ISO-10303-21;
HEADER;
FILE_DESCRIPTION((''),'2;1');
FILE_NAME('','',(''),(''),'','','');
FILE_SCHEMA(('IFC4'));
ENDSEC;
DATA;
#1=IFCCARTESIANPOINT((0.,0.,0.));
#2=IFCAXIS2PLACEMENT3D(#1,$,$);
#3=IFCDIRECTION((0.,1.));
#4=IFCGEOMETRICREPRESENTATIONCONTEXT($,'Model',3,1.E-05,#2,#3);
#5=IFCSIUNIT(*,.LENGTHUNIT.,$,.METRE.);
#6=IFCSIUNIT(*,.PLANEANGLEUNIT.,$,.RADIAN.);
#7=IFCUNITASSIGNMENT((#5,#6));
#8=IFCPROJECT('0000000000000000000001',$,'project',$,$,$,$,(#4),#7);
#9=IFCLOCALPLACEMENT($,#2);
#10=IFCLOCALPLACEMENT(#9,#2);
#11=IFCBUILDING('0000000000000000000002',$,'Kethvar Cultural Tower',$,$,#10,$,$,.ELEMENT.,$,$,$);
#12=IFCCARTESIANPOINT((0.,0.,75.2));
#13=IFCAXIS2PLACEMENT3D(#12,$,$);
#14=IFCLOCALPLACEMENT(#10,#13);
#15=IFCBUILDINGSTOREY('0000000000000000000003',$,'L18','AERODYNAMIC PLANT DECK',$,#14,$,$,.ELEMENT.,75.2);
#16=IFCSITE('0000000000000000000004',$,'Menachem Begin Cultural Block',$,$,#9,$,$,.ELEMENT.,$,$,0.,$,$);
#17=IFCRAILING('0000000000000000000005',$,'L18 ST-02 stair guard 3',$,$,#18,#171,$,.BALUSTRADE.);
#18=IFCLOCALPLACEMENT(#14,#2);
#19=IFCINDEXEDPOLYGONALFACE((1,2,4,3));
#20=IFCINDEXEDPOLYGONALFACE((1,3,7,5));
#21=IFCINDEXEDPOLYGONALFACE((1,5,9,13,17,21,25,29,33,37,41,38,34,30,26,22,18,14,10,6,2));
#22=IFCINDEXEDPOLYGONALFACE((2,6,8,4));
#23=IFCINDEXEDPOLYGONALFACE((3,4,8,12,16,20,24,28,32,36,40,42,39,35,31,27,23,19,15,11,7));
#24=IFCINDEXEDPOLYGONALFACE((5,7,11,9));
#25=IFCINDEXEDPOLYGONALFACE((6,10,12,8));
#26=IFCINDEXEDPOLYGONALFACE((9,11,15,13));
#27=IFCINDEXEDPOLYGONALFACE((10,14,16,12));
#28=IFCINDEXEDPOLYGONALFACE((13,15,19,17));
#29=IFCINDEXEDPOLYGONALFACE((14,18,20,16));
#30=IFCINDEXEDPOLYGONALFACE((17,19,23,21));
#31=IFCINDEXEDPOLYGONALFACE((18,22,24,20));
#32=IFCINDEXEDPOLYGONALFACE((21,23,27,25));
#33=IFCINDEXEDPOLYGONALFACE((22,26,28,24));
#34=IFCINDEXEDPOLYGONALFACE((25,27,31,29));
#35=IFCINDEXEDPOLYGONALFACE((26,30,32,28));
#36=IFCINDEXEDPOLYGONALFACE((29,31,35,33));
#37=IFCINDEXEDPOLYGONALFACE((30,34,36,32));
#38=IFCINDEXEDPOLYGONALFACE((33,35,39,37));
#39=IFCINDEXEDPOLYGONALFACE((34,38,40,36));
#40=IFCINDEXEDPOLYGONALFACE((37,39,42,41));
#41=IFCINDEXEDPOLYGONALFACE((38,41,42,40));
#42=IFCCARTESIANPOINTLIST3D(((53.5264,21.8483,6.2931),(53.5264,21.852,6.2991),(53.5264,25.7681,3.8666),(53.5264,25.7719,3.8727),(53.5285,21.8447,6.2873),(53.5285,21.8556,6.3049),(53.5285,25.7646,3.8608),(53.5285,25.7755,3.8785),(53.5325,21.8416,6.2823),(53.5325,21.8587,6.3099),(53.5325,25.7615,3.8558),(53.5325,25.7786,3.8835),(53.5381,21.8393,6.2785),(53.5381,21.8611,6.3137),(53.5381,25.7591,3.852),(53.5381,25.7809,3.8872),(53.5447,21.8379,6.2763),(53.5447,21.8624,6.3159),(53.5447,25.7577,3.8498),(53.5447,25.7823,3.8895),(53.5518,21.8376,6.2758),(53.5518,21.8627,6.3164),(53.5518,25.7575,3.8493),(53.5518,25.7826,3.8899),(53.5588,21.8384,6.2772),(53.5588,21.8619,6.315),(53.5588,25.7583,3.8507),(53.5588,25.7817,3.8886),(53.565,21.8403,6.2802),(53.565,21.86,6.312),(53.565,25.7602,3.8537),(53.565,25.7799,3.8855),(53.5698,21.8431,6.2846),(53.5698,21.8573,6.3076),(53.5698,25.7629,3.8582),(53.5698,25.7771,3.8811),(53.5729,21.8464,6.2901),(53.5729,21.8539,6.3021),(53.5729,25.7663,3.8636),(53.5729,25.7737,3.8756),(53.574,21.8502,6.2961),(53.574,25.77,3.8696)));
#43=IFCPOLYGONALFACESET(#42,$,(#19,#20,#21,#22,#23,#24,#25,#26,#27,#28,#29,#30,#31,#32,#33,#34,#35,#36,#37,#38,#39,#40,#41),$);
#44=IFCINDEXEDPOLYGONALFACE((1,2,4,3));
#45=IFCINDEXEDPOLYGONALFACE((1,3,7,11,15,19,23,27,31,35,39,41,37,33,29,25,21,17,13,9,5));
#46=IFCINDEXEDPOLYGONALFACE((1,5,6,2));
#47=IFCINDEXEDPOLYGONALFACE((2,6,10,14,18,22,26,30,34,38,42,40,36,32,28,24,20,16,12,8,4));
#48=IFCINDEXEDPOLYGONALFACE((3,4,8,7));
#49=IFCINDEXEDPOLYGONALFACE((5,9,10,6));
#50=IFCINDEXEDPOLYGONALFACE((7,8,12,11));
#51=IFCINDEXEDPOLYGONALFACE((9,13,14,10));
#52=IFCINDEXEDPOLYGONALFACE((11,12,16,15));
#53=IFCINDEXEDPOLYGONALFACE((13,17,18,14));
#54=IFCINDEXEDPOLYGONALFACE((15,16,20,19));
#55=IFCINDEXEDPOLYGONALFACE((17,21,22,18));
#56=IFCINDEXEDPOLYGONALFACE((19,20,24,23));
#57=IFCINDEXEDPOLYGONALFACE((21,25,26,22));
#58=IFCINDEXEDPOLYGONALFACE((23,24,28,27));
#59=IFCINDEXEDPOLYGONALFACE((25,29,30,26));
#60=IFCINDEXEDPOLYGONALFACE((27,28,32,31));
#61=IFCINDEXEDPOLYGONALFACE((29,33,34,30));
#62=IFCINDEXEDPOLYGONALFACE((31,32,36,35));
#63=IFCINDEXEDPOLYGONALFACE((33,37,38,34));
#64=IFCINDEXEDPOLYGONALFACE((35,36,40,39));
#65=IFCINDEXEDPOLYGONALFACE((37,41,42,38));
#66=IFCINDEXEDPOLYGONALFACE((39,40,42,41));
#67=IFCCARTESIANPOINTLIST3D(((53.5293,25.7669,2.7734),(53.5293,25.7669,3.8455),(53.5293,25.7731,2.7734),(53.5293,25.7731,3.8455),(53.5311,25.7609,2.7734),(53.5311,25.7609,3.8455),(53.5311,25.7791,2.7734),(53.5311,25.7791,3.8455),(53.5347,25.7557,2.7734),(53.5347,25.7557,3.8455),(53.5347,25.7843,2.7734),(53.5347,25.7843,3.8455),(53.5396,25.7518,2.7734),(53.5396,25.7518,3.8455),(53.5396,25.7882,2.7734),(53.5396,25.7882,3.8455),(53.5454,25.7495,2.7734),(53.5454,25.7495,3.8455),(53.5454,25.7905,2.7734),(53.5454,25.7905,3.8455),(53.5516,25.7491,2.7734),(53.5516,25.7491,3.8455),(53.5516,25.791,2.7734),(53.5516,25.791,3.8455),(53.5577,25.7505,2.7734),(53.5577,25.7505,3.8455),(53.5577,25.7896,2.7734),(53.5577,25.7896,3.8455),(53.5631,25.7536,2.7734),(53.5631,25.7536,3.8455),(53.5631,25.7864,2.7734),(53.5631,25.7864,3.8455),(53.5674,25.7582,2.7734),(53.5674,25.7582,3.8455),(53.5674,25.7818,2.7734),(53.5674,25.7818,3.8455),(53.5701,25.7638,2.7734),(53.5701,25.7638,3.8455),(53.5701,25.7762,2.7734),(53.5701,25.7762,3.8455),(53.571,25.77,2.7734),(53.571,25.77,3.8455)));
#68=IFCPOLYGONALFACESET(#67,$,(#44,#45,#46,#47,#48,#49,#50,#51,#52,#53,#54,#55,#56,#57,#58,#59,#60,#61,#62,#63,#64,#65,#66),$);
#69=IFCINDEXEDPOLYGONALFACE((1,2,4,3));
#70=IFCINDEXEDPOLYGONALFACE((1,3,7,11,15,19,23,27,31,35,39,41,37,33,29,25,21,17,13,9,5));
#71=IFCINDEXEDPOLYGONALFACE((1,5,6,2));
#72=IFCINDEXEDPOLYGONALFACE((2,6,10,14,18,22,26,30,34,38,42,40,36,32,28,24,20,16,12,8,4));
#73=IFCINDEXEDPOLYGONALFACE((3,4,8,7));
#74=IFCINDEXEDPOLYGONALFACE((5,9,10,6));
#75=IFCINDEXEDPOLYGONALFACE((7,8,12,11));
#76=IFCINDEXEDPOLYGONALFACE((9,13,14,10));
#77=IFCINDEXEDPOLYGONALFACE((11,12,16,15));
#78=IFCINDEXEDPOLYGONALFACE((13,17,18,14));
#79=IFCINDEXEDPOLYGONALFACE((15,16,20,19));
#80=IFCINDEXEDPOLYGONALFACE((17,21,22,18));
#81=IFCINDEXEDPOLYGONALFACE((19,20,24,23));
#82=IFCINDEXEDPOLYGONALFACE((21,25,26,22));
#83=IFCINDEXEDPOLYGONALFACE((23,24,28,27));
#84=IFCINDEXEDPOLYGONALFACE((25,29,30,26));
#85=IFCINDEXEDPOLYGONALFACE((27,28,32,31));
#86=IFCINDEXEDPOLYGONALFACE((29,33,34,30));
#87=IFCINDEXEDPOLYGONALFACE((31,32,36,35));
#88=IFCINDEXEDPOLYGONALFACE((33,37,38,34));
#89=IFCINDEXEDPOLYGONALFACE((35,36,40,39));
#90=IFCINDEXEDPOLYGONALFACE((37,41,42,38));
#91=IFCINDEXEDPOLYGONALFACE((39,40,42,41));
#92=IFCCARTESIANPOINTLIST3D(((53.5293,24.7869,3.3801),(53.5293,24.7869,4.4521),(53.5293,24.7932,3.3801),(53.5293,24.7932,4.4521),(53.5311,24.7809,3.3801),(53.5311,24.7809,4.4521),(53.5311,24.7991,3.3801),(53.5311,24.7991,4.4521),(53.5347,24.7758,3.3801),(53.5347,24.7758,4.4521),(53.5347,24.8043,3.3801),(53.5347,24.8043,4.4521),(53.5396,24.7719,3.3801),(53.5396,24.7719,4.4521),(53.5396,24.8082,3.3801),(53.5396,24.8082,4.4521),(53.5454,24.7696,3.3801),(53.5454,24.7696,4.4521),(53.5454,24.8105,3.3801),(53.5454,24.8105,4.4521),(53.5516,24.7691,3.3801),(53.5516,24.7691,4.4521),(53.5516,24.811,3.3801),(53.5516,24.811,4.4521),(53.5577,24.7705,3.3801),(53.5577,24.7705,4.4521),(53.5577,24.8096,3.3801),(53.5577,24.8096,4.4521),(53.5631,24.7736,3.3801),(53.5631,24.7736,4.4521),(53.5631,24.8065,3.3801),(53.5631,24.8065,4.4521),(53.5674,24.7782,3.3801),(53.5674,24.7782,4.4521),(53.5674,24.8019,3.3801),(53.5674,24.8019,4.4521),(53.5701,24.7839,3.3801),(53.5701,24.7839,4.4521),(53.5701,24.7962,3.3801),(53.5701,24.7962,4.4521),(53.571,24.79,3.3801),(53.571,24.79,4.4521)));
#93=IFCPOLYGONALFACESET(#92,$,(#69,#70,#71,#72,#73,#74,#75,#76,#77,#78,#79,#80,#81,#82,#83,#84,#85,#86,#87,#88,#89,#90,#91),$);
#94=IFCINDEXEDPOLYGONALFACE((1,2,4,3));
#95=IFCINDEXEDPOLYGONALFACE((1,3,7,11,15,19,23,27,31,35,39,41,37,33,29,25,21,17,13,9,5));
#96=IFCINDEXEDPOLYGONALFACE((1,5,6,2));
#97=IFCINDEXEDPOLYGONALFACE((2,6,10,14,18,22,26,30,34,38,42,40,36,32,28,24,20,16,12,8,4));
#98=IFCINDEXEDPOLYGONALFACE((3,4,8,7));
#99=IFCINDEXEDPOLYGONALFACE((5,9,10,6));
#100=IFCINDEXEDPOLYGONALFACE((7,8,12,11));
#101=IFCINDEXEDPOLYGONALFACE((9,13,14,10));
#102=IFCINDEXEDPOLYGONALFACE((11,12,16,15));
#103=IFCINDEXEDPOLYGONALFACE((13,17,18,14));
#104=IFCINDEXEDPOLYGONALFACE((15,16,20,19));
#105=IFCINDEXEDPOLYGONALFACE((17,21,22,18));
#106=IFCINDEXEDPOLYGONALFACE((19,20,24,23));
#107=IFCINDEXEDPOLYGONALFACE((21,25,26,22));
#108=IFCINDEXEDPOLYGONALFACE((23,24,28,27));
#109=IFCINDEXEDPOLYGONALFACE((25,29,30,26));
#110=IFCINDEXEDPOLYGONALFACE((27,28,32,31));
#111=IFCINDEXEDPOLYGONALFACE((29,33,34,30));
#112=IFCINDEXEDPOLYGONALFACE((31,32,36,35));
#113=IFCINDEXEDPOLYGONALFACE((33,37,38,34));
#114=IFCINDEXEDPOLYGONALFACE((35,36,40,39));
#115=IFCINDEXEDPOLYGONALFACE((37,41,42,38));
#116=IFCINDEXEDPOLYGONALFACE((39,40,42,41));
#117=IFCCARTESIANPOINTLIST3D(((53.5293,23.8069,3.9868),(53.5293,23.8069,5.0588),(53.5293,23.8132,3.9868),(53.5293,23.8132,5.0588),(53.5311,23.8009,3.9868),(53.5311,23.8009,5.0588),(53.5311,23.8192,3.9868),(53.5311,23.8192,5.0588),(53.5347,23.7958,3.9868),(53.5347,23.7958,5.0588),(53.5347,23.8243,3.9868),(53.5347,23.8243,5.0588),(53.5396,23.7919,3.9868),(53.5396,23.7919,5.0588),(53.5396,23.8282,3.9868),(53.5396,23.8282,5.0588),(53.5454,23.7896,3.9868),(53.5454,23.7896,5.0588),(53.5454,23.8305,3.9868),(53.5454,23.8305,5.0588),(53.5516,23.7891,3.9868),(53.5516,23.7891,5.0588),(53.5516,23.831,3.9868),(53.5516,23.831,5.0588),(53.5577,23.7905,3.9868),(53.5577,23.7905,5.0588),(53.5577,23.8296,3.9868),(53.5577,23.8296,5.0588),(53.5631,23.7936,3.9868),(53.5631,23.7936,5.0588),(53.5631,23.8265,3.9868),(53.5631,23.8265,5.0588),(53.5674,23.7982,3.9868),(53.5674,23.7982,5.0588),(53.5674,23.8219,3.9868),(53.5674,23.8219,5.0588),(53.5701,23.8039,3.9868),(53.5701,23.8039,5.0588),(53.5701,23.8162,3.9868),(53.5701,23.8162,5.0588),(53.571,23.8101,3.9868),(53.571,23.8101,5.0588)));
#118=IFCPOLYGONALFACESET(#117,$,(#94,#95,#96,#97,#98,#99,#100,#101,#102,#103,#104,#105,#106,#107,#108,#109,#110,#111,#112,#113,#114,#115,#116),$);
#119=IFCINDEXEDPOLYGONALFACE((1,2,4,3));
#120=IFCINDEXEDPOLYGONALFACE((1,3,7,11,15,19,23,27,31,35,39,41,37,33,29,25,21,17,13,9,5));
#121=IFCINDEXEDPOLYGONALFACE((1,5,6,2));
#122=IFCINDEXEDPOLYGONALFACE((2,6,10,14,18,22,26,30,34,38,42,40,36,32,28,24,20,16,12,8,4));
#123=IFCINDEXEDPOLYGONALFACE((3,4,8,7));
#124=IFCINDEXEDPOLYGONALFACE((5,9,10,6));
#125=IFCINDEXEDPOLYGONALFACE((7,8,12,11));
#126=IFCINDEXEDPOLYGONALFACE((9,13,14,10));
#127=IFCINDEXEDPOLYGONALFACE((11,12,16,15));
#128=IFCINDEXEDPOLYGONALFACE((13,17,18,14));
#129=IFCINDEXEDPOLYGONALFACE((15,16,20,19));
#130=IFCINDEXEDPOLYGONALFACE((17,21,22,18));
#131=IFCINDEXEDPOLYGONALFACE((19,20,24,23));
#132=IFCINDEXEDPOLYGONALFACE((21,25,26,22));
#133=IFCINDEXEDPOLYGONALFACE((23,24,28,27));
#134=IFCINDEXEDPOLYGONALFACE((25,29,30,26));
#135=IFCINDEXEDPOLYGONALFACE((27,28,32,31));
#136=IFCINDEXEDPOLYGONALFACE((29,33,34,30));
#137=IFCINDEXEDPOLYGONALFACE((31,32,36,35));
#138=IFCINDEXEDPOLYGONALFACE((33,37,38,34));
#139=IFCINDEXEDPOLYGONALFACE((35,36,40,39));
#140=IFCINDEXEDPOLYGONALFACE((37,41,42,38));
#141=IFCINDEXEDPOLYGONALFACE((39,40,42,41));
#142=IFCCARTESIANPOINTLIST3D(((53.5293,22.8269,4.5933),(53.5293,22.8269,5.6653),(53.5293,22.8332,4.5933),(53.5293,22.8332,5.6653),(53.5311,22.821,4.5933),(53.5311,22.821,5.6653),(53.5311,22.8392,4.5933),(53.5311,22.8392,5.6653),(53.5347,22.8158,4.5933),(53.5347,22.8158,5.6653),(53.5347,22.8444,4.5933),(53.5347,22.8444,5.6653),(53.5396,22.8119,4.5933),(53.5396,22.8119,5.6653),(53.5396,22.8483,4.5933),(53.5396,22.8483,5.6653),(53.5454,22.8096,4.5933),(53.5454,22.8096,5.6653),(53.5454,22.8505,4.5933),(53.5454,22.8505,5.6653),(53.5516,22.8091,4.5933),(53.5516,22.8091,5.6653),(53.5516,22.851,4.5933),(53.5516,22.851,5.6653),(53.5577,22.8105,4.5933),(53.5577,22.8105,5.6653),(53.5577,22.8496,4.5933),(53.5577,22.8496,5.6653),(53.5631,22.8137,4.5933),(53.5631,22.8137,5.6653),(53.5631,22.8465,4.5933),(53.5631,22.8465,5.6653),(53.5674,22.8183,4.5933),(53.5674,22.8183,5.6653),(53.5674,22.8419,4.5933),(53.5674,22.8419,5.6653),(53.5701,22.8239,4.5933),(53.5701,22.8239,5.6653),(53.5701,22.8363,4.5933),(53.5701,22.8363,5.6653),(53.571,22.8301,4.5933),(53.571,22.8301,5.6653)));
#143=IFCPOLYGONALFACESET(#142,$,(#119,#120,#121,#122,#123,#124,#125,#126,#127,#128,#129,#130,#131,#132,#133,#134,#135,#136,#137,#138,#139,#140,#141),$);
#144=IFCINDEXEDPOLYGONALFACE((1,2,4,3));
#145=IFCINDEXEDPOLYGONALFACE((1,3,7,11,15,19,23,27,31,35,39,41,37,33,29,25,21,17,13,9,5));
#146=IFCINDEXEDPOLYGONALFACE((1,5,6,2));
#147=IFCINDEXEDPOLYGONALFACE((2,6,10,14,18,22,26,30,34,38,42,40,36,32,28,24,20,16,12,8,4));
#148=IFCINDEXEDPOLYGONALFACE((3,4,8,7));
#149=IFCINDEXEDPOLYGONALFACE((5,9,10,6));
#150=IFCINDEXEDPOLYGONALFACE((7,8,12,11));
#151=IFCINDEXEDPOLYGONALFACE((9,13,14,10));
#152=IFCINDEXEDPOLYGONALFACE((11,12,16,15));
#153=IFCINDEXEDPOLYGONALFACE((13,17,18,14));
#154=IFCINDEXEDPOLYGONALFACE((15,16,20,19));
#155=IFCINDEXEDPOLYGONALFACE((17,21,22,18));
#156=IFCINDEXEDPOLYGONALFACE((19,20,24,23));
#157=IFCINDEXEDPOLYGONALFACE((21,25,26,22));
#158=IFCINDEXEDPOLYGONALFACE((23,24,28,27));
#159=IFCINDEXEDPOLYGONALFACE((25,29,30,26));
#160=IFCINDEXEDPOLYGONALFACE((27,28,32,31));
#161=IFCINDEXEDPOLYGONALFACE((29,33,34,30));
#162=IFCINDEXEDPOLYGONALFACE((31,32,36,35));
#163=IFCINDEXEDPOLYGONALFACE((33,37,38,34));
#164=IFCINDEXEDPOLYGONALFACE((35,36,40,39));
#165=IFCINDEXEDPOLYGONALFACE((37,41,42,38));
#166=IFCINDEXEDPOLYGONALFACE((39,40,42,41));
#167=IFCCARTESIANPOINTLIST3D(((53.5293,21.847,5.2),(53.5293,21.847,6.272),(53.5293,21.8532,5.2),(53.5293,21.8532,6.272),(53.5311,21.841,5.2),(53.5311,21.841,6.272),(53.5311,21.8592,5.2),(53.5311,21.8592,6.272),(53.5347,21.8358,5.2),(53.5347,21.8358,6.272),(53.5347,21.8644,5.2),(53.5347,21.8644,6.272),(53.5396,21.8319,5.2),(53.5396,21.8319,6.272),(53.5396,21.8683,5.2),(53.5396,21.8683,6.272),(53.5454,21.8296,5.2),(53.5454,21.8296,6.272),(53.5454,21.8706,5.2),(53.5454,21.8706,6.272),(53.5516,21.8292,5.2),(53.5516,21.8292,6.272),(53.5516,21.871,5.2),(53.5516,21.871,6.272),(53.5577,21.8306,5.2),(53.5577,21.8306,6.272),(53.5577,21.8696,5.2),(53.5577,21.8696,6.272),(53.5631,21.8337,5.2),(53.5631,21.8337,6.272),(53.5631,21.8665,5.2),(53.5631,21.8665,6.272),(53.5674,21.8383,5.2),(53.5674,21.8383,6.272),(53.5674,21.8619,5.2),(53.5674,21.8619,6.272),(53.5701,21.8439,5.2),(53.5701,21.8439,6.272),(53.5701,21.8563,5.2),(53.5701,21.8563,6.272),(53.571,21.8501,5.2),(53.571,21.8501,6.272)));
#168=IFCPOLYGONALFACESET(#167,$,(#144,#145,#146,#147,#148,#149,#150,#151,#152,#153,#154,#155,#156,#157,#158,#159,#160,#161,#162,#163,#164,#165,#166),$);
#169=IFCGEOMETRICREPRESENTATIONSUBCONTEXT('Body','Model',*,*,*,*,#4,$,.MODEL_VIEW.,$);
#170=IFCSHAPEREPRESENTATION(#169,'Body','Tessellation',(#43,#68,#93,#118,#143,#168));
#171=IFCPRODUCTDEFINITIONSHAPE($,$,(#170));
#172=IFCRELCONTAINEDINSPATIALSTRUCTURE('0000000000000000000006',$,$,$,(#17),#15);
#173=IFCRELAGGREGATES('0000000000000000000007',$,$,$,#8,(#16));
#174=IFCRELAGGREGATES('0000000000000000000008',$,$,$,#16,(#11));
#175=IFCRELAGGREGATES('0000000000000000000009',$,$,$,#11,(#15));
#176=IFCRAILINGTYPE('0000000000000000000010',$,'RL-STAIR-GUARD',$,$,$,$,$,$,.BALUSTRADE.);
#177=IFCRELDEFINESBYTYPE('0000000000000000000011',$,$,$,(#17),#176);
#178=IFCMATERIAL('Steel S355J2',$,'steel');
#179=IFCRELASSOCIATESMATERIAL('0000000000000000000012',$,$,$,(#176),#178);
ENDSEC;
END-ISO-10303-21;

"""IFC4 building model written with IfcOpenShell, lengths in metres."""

from ifc_helpers import new_model, si_unit, direction, frame, origin, origin_2d, place, context, subcontext, project, spatial, circle, extrude, material, type_object, element, save


model = new_model("IFC4")

# Units and contexts
model_context = context("Model", 3, precision=1e-05, world=origin(), true_north=direction((0.0, 1.0)))
body_context = subcontext(model_context, "Body", "Model", "MODEL_VIEW")
ifc_project = project(units=[si_unit("LENGTHUNIT", "METRE"), si_unit("PLANEANGLEUNIT", "RADIAN")], contexts=[model_context])

# Site, building, storey
site_placement = place(None, origin())
site = spatial("IfcSite", under=ifc_project, at=site_placement, Name="Menachem Begin Cultural Block", CompositionType="ELEMENT", RefElevation=0.0)
building_placement = place(site_placement, origin())
building = spatial("IfcBuilding", under=site, at=building_placement, Name="Kethvar Cultural Tower", CompositionType="ELEMENT")
storey_placement = place(building_placement, frame((0.0, 0.0, 75.2)))
storey = spatial("IfcBuildingStorey", under=building, at=storey_placement, Name="L18", Description="AERODYNAMIC PLANT DECK", CompositionType="ELEMENT", Elevation=75.2)

# Shared definitions
ifc_material_1 = material(Name="Steel S355J2", Category="steel")

# Railing
railing_type_1 = type_object("IfcRailingType", Name="RL-STAIR-GUARD", PredefinedType="BALUSTRADE", material=ifc_material_1)
railing_1_placement = place(storey_placement, frame((53.55, 25.77, 2.7734)))
element("IfcRailing", 1, at=railing_1_placement, inside=storey, type_object=railing_type_1, Name="L18 ST-02 stair guard 3", PredefinedType="BALUSTRADE", context=body_context, shape_type="SweptSolid", body=[
    extrude(circle(Radius=0.0239, at=origin_2d()), frame((0.0, 0.0, 1.0962), z_axis=(0.0, -0.850275, 0.526338), x_axis=(1.0, 0.0, 0.0)), (0.0, 0.0, 1.0), 4.6101),
    extrude(circle(Radius=0.021, at=origin_2d()), origin(), (0.0, 0.0, 1.0), 1.072),
    extrude(circle(Radius=0.021, at=origin_2d()), frame((0.0, -0.98, 0.6067)), (0.0, 0.0, 1.0), 1.072),
    extrude(circle(Radius=0.021, at=origin_2d()), frame((0.0, -1.96, 1.2134)), (0.0, 0.0, 1.0), 1.072),
    extrude(circle(Radius=0.021, at=origin_2d()), frame((0.0, -2.9399, 1.8198)), (0.0, 0.0, 1.0), 1.072),
    extrude(circle(Radius=0.021, at=origin_2d()), frame((0.0, -3.9199, 2.4265)), (0.0, 0.0, 1.0), 1.072),
])

save(model, "model.ifc")
